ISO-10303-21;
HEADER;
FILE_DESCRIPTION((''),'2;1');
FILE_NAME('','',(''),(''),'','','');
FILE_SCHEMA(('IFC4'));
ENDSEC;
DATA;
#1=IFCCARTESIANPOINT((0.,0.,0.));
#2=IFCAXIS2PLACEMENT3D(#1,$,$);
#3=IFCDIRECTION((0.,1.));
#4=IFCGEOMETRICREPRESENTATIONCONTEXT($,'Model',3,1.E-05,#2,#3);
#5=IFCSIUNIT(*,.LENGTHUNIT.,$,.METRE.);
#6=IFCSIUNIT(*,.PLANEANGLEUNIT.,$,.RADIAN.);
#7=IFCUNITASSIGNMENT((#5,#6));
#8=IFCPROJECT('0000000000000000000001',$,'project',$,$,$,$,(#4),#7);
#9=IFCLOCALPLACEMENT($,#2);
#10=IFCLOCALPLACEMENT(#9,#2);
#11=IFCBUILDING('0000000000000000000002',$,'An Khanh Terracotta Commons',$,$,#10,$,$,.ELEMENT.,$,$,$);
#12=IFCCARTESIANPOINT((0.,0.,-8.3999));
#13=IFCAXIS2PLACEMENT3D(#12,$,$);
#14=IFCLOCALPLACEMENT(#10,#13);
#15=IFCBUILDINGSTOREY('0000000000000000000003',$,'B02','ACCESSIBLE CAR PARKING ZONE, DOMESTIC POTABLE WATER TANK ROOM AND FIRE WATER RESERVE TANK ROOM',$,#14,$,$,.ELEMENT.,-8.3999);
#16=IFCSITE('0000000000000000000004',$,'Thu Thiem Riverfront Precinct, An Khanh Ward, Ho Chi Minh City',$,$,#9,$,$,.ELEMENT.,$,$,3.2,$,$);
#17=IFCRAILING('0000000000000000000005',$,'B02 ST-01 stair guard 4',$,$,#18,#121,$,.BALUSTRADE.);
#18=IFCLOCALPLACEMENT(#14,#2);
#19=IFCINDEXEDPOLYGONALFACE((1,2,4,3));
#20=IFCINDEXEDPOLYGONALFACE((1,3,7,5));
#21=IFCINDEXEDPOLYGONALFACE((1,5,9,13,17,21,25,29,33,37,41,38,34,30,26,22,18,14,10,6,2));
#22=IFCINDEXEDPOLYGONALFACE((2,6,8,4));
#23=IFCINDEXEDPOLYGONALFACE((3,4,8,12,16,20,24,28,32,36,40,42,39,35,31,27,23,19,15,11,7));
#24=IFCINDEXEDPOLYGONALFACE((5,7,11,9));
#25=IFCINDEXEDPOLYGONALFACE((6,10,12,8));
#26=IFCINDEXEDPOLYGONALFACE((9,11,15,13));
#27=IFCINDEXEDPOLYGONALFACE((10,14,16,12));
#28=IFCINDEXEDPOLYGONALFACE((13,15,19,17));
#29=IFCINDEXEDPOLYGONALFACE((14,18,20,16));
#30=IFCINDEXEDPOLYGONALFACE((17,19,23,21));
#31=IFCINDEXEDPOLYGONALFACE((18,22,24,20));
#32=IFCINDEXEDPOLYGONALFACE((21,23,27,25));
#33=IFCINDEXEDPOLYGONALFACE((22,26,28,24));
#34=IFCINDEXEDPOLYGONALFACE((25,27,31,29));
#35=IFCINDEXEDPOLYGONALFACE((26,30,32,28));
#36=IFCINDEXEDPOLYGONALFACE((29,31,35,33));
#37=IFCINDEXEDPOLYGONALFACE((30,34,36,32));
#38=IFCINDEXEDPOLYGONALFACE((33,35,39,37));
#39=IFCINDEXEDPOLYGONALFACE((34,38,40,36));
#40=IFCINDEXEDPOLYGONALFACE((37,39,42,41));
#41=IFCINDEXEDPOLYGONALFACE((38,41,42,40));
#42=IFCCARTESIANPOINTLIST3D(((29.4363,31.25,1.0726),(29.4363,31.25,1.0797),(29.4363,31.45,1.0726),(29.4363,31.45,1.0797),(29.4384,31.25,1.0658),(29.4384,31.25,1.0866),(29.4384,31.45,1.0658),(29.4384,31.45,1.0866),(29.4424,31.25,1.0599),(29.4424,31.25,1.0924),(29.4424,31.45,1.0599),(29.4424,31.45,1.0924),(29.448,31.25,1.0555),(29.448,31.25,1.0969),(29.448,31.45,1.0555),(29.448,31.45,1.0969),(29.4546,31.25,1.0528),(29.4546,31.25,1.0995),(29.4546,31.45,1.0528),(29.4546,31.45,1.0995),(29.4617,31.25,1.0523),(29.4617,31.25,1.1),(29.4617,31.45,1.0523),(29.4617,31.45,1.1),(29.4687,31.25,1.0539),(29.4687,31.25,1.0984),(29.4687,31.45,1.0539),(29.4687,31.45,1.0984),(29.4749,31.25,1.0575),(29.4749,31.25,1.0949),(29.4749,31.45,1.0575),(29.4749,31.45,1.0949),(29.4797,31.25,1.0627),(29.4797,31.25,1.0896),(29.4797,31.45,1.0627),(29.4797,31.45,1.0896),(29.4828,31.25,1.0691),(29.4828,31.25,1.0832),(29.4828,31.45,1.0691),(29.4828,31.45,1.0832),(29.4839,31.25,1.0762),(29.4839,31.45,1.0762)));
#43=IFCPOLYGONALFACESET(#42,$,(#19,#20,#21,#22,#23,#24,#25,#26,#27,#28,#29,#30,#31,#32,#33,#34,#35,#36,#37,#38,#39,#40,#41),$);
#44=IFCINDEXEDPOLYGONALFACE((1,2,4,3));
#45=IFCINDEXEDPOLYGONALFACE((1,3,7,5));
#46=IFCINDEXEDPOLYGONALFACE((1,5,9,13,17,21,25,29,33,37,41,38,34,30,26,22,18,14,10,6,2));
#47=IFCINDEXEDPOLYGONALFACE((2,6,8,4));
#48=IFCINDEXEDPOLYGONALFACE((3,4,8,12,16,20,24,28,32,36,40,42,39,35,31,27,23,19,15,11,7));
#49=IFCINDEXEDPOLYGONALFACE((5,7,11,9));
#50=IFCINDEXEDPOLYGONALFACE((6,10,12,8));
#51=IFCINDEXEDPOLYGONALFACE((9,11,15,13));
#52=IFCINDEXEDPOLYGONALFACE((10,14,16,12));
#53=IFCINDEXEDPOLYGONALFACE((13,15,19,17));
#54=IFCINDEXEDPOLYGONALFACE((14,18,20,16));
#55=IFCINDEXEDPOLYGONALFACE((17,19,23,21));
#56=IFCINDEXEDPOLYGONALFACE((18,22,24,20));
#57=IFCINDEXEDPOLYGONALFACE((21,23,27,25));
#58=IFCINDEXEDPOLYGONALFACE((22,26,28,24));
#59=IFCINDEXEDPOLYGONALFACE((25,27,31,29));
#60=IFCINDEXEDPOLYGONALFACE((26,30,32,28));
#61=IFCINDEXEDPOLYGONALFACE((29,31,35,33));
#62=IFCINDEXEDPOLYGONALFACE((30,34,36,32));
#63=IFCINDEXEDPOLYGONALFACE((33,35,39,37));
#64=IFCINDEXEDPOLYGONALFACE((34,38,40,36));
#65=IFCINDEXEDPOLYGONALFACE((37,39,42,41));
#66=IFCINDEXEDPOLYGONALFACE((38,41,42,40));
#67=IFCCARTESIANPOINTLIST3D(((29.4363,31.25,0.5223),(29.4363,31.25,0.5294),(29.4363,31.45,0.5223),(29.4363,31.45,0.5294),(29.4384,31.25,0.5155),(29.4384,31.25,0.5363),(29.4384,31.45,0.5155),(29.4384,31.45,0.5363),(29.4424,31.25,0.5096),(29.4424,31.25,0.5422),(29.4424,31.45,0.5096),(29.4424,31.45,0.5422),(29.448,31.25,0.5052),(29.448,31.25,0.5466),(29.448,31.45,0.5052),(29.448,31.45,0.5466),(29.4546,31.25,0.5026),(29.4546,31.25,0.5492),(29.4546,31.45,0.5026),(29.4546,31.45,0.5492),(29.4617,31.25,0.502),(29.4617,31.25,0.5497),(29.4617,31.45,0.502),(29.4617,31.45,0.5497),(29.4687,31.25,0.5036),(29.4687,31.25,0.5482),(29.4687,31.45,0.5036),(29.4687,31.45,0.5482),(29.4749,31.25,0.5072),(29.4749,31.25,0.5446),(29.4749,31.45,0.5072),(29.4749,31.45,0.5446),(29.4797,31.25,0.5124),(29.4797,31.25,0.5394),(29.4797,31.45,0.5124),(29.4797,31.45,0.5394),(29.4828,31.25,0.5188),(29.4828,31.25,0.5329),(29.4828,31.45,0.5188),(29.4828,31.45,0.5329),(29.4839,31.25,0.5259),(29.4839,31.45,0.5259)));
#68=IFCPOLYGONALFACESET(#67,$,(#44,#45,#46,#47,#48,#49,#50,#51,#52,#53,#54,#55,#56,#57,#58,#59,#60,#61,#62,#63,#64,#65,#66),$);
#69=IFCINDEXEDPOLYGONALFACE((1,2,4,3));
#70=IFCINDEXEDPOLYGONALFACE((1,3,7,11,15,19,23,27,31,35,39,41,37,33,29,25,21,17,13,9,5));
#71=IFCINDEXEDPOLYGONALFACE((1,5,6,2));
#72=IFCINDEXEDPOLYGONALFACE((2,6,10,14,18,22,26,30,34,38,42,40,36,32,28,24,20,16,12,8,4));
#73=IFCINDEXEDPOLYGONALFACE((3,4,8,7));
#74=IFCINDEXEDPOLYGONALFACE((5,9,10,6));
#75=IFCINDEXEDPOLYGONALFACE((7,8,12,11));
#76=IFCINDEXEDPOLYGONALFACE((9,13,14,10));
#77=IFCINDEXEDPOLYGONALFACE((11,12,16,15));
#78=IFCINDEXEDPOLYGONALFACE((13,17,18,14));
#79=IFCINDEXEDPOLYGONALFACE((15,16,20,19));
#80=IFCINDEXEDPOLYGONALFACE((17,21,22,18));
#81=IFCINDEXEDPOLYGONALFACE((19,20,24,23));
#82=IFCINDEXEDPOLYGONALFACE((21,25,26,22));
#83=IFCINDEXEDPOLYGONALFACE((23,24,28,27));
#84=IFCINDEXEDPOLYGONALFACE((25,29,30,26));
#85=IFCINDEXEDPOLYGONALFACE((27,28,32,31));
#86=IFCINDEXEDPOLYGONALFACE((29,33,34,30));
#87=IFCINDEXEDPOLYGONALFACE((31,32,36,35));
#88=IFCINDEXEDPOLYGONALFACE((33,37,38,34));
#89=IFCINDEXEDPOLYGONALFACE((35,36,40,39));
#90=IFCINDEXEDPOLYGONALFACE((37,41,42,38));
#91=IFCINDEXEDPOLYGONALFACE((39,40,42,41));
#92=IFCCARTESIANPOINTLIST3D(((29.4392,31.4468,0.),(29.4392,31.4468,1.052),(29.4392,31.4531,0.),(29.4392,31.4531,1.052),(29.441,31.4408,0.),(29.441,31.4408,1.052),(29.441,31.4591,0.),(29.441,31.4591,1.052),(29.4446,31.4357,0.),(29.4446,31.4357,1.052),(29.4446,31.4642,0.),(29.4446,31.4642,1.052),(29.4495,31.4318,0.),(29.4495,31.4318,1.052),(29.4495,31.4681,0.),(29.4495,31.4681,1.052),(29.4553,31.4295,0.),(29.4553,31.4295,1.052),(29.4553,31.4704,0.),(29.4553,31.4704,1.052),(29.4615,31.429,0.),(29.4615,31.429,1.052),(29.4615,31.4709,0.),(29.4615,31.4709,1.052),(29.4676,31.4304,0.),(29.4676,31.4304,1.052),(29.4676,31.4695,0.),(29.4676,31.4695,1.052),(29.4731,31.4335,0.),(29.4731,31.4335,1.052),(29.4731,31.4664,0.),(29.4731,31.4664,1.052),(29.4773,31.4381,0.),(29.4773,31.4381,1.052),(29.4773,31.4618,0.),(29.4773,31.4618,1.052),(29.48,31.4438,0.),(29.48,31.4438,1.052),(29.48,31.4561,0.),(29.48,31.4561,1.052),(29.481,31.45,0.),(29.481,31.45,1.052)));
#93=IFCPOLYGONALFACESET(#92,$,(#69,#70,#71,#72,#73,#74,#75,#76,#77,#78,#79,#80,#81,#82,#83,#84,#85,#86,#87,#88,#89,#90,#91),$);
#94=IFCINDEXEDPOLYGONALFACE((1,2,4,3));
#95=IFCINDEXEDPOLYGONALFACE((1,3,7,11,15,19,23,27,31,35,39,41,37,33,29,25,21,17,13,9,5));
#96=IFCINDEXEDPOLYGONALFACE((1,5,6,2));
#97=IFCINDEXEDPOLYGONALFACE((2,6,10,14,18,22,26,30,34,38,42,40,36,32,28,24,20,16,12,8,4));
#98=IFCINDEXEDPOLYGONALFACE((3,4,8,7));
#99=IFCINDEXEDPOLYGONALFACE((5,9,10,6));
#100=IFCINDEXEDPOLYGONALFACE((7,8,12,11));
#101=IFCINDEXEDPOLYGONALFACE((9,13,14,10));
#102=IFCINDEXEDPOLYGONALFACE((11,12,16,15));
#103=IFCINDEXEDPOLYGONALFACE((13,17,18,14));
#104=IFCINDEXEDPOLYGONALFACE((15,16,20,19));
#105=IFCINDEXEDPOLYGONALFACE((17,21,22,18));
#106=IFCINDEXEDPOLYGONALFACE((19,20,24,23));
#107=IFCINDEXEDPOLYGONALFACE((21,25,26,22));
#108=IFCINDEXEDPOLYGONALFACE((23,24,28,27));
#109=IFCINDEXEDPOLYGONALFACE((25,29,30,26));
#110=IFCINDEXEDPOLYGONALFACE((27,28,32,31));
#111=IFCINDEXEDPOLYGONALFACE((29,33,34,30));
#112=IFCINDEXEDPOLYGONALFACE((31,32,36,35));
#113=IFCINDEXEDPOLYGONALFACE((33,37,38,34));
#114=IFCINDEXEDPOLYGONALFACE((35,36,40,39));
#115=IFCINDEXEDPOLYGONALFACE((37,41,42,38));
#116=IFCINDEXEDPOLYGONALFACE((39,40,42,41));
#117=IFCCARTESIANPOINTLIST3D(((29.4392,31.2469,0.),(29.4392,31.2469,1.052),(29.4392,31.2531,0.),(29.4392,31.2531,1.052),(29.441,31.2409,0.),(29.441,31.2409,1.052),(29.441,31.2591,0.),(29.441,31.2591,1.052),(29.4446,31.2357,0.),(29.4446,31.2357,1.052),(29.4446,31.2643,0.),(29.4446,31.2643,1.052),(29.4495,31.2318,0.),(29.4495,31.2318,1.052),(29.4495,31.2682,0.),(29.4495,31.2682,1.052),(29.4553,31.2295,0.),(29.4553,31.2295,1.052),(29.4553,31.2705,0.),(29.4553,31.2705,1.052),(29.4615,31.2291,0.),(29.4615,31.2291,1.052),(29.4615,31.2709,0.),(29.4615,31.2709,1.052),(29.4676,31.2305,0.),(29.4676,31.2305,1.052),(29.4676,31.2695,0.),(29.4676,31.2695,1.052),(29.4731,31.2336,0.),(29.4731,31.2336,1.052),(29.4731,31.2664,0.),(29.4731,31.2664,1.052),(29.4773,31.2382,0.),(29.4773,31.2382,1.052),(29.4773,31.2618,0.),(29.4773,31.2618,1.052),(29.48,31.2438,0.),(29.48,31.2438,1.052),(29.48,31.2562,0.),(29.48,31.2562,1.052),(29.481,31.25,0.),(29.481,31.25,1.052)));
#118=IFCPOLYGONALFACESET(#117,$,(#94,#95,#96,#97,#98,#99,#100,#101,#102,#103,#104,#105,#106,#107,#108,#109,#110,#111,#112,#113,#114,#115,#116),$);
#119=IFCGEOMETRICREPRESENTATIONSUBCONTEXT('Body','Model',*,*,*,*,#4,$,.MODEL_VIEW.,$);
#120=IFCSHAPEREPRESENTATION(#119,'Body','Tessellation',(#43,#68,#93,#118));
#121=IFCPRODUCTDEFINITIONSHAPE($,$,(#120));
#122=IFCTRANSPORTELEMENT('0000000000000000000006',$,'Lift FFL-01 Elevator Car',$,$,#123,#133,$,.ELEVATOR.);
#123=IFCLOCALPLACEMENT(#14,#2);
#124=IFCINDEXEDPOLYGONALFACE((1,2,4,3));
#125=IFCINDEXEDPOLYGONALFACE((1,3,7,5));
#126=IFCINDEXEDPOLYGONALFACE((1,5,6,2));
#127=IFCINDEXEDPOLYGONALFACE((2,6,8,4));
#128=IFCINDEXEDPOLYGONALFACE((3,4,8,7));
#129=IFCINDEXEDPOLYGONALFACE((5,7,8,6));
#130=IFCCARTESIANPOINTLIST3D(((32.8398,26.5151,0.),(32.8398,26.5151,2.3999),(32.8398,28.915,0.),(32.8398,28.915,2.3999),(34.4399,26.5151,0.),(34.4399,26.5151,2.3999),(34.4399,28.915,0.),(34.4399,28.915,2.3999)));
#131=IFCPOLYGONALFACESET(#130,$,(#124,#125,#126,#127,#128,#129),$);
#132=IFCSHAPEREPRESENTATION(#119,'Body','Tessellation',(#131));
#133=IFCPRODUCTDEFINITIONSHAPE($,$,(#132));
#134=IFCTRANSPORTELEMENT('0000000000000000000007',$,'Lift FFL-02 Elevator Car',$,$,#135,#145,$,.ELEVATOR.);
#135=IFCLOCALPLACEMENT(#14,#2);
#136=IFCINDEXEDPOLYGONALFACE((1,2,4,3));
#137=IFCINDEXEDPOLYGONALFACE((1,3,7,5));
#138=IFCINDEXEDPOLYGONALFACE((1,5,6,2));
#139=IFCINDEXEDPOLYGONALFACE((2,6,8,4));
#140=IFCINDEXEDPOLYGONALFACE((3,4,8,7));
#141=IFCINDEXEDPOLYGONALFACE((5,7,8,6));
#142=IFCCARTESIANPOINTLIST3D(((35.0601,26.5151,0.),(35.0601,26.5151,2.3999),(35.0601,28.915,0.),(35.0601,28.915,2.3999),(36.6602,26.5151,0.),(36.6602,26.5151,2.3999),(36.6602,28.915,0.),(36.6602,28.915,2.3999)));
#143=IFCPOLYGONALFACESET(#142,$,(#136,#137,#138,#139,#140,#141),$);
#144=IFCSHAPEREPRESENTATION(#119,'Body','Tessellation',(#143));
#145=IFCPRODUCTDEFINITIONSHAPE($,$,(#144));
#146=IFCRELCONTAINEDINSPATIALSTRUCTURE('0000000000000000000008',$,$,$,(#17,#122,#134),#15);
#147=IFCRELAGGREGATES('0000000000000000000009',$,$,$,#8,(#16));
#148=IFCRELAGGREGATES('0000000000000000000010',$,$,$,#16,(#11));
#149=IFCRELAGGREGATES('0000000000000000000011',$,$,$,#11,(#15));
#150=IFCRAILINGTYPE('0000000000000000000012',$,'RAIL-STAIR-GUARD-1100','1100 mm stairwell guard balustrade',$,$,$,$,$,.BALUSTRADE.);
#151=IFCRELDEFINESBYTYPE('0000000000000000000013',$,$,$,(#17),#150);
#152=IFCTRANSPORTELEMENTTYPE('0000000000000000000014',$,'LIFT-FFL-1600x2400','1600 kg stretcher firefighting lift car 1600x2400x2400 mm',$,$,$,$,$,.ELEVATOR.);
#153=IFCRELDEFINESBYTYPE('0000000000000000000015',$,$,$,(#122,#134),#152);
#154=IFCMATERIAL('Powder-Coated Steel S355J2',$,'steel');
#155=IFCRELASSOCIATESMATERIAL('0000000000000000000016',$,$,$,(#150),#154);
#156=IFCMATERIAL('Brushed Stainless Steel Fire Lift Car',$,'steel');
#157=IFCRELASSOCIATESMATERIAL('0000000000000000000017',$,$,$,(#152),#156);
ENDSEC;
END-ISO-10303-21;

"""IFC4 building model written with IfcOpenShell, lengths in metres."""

from ifc_helpers import new_model, si_unit, direction, frame, origin, origin_2d, place, context, subcontext, project, spatial, rectangle, circle, extrude, material, type_object, element, save


model = new_model("IFC4")

# Units and contexts
model_context = context("Model", 3, precision=1e-05, world=origin(), true_north=direction((0.0, 1.0)))
body_context = subcontext(model_context, "Body", "Model", "MODEL_VIEW")
ifc_project = project(units=[si_unit("LENGTHUNIT", "METRE"), si_unit("PLANEANGLEUNIT", "RADIAN")], contexts=[model_context])

# Site, building, storey
site_placement = place(None, origin())
site = spatial("IfcSite", under=ifc_project, at=site_placement, Name="Thu Thiem Riverfront Precinct, An Khanh Ward, Ho Chi Minh City", CompositionType="ELEMENT", RefElevation=3.2)
building_placement = place(site_placement, origin())
building = spatial("IfcBuilding", under=site, at=building_placement, Name="An Khanh Terracotta Commons", CompositionType="ELEMENT")
storey_placement = place(building_placement, frame((0.0, 0.0, -8.3999)))
storey = spatial("IfcBuildingStorey", under=building, at=storey_placement, Name="B02", Description="ACCESSIBLE CAR PARKING ZONE, DOMESTIC POTABLE WATER TANK ROOM AND FIRE WATER RESERVE TANK ROOM", CompositionType="ELEMENT", Elevation=-8.3999)

# Railing
ifc_material_1 = material(Name="Powder-Coated Steel S355J2", Category="steel")
railing_type = type_object("IfcRailingType", Name="RAIL-STAIR-GUARD-1100", Description="1100 mm stairwell guard balustrade", PredefinedType="BALUSTRADE", material=ifc_material_1)
railing_placement = place(storey_placement, frame((29.46, 31.45, 0.0)))
element("IfcRailing", 1, at=railing_placement, inside=storey, type_object=railing_type, Name="B02 ST-01 stair guard 4", PredefinedType="BALUSTRADE", context=body_context, shape_type="SweptSolid", body=[
    extrude(circle(Radius=0.0239, at=origin_2d()), frame((0.0, 0.0, 1.0762), z_axis=(0.0, -1.0, 0.0), x_axis=(1.0, 0.0, 0.0)), (0.0, 0.0, 1.0), 0.2),
    extrude(circle(Radius=0.0239, at=origin_2d()), frame((0.0, 0.0, 0.5259), z_axis=(0.0, -1.0, 0.0), x_axis=(1.0, 0.0, 0.0)), (0.0, 0.0, 1.0), 0.2),
    extrude(circle(Radius=0.021, at=origin_2d()), origin(), (0.0, 0.0, 1.0), 1.052),
    extrude(circle(Radius=0.021, at=origin_2d()), frame((0.0, -0.2, 0.0)), (0.0, 0.0, 1.0), 1.052),
])

# Transport elements
ifc_material_2 = material(Name="Brushed Stainless Steel Fire Lift Car", Category="steel")
transport_element_type = type_object("IfcTransportElementType", Name="LIFT-FFL-1600x2400", Description="1600 kg stretcher firefighting lift car 1600x2400x2400 mm", PredefinedType="ELEVATOR", material=ifc_material_2)
for number, where, z_axis, x_axis, name in (
    (2, (33.6399, 27.7151, 0.0), (0.0, 0.0, 1.0), (1.0, 0.0, 0.0), "Lift FFL-01 Elevator Car"),
    (3, (35.8601, 27.7151, 0.0), (0.0, 0.0, 1.0), (1.0, 0.0, 0.0), "Lift FFL-02 Elevator Car"),
):
    element("IfcTransportElement", number, at=place(storey_placement, frame(where, z_axis=z_axis, x_axis=x_axis)), inside=storey, type_object=transport_element_type, Name=name, PredefinedType="ELEVATOR", context=body_context, shape_type="SweptSolid", body=[
        extrude(rectangle(XDim=1.6001, YDim=2.3999, at=origin_2d()), origin(), (0.0, 0.0, 1.0), 2.3999),
    ])

save(model, "model.ifc")
